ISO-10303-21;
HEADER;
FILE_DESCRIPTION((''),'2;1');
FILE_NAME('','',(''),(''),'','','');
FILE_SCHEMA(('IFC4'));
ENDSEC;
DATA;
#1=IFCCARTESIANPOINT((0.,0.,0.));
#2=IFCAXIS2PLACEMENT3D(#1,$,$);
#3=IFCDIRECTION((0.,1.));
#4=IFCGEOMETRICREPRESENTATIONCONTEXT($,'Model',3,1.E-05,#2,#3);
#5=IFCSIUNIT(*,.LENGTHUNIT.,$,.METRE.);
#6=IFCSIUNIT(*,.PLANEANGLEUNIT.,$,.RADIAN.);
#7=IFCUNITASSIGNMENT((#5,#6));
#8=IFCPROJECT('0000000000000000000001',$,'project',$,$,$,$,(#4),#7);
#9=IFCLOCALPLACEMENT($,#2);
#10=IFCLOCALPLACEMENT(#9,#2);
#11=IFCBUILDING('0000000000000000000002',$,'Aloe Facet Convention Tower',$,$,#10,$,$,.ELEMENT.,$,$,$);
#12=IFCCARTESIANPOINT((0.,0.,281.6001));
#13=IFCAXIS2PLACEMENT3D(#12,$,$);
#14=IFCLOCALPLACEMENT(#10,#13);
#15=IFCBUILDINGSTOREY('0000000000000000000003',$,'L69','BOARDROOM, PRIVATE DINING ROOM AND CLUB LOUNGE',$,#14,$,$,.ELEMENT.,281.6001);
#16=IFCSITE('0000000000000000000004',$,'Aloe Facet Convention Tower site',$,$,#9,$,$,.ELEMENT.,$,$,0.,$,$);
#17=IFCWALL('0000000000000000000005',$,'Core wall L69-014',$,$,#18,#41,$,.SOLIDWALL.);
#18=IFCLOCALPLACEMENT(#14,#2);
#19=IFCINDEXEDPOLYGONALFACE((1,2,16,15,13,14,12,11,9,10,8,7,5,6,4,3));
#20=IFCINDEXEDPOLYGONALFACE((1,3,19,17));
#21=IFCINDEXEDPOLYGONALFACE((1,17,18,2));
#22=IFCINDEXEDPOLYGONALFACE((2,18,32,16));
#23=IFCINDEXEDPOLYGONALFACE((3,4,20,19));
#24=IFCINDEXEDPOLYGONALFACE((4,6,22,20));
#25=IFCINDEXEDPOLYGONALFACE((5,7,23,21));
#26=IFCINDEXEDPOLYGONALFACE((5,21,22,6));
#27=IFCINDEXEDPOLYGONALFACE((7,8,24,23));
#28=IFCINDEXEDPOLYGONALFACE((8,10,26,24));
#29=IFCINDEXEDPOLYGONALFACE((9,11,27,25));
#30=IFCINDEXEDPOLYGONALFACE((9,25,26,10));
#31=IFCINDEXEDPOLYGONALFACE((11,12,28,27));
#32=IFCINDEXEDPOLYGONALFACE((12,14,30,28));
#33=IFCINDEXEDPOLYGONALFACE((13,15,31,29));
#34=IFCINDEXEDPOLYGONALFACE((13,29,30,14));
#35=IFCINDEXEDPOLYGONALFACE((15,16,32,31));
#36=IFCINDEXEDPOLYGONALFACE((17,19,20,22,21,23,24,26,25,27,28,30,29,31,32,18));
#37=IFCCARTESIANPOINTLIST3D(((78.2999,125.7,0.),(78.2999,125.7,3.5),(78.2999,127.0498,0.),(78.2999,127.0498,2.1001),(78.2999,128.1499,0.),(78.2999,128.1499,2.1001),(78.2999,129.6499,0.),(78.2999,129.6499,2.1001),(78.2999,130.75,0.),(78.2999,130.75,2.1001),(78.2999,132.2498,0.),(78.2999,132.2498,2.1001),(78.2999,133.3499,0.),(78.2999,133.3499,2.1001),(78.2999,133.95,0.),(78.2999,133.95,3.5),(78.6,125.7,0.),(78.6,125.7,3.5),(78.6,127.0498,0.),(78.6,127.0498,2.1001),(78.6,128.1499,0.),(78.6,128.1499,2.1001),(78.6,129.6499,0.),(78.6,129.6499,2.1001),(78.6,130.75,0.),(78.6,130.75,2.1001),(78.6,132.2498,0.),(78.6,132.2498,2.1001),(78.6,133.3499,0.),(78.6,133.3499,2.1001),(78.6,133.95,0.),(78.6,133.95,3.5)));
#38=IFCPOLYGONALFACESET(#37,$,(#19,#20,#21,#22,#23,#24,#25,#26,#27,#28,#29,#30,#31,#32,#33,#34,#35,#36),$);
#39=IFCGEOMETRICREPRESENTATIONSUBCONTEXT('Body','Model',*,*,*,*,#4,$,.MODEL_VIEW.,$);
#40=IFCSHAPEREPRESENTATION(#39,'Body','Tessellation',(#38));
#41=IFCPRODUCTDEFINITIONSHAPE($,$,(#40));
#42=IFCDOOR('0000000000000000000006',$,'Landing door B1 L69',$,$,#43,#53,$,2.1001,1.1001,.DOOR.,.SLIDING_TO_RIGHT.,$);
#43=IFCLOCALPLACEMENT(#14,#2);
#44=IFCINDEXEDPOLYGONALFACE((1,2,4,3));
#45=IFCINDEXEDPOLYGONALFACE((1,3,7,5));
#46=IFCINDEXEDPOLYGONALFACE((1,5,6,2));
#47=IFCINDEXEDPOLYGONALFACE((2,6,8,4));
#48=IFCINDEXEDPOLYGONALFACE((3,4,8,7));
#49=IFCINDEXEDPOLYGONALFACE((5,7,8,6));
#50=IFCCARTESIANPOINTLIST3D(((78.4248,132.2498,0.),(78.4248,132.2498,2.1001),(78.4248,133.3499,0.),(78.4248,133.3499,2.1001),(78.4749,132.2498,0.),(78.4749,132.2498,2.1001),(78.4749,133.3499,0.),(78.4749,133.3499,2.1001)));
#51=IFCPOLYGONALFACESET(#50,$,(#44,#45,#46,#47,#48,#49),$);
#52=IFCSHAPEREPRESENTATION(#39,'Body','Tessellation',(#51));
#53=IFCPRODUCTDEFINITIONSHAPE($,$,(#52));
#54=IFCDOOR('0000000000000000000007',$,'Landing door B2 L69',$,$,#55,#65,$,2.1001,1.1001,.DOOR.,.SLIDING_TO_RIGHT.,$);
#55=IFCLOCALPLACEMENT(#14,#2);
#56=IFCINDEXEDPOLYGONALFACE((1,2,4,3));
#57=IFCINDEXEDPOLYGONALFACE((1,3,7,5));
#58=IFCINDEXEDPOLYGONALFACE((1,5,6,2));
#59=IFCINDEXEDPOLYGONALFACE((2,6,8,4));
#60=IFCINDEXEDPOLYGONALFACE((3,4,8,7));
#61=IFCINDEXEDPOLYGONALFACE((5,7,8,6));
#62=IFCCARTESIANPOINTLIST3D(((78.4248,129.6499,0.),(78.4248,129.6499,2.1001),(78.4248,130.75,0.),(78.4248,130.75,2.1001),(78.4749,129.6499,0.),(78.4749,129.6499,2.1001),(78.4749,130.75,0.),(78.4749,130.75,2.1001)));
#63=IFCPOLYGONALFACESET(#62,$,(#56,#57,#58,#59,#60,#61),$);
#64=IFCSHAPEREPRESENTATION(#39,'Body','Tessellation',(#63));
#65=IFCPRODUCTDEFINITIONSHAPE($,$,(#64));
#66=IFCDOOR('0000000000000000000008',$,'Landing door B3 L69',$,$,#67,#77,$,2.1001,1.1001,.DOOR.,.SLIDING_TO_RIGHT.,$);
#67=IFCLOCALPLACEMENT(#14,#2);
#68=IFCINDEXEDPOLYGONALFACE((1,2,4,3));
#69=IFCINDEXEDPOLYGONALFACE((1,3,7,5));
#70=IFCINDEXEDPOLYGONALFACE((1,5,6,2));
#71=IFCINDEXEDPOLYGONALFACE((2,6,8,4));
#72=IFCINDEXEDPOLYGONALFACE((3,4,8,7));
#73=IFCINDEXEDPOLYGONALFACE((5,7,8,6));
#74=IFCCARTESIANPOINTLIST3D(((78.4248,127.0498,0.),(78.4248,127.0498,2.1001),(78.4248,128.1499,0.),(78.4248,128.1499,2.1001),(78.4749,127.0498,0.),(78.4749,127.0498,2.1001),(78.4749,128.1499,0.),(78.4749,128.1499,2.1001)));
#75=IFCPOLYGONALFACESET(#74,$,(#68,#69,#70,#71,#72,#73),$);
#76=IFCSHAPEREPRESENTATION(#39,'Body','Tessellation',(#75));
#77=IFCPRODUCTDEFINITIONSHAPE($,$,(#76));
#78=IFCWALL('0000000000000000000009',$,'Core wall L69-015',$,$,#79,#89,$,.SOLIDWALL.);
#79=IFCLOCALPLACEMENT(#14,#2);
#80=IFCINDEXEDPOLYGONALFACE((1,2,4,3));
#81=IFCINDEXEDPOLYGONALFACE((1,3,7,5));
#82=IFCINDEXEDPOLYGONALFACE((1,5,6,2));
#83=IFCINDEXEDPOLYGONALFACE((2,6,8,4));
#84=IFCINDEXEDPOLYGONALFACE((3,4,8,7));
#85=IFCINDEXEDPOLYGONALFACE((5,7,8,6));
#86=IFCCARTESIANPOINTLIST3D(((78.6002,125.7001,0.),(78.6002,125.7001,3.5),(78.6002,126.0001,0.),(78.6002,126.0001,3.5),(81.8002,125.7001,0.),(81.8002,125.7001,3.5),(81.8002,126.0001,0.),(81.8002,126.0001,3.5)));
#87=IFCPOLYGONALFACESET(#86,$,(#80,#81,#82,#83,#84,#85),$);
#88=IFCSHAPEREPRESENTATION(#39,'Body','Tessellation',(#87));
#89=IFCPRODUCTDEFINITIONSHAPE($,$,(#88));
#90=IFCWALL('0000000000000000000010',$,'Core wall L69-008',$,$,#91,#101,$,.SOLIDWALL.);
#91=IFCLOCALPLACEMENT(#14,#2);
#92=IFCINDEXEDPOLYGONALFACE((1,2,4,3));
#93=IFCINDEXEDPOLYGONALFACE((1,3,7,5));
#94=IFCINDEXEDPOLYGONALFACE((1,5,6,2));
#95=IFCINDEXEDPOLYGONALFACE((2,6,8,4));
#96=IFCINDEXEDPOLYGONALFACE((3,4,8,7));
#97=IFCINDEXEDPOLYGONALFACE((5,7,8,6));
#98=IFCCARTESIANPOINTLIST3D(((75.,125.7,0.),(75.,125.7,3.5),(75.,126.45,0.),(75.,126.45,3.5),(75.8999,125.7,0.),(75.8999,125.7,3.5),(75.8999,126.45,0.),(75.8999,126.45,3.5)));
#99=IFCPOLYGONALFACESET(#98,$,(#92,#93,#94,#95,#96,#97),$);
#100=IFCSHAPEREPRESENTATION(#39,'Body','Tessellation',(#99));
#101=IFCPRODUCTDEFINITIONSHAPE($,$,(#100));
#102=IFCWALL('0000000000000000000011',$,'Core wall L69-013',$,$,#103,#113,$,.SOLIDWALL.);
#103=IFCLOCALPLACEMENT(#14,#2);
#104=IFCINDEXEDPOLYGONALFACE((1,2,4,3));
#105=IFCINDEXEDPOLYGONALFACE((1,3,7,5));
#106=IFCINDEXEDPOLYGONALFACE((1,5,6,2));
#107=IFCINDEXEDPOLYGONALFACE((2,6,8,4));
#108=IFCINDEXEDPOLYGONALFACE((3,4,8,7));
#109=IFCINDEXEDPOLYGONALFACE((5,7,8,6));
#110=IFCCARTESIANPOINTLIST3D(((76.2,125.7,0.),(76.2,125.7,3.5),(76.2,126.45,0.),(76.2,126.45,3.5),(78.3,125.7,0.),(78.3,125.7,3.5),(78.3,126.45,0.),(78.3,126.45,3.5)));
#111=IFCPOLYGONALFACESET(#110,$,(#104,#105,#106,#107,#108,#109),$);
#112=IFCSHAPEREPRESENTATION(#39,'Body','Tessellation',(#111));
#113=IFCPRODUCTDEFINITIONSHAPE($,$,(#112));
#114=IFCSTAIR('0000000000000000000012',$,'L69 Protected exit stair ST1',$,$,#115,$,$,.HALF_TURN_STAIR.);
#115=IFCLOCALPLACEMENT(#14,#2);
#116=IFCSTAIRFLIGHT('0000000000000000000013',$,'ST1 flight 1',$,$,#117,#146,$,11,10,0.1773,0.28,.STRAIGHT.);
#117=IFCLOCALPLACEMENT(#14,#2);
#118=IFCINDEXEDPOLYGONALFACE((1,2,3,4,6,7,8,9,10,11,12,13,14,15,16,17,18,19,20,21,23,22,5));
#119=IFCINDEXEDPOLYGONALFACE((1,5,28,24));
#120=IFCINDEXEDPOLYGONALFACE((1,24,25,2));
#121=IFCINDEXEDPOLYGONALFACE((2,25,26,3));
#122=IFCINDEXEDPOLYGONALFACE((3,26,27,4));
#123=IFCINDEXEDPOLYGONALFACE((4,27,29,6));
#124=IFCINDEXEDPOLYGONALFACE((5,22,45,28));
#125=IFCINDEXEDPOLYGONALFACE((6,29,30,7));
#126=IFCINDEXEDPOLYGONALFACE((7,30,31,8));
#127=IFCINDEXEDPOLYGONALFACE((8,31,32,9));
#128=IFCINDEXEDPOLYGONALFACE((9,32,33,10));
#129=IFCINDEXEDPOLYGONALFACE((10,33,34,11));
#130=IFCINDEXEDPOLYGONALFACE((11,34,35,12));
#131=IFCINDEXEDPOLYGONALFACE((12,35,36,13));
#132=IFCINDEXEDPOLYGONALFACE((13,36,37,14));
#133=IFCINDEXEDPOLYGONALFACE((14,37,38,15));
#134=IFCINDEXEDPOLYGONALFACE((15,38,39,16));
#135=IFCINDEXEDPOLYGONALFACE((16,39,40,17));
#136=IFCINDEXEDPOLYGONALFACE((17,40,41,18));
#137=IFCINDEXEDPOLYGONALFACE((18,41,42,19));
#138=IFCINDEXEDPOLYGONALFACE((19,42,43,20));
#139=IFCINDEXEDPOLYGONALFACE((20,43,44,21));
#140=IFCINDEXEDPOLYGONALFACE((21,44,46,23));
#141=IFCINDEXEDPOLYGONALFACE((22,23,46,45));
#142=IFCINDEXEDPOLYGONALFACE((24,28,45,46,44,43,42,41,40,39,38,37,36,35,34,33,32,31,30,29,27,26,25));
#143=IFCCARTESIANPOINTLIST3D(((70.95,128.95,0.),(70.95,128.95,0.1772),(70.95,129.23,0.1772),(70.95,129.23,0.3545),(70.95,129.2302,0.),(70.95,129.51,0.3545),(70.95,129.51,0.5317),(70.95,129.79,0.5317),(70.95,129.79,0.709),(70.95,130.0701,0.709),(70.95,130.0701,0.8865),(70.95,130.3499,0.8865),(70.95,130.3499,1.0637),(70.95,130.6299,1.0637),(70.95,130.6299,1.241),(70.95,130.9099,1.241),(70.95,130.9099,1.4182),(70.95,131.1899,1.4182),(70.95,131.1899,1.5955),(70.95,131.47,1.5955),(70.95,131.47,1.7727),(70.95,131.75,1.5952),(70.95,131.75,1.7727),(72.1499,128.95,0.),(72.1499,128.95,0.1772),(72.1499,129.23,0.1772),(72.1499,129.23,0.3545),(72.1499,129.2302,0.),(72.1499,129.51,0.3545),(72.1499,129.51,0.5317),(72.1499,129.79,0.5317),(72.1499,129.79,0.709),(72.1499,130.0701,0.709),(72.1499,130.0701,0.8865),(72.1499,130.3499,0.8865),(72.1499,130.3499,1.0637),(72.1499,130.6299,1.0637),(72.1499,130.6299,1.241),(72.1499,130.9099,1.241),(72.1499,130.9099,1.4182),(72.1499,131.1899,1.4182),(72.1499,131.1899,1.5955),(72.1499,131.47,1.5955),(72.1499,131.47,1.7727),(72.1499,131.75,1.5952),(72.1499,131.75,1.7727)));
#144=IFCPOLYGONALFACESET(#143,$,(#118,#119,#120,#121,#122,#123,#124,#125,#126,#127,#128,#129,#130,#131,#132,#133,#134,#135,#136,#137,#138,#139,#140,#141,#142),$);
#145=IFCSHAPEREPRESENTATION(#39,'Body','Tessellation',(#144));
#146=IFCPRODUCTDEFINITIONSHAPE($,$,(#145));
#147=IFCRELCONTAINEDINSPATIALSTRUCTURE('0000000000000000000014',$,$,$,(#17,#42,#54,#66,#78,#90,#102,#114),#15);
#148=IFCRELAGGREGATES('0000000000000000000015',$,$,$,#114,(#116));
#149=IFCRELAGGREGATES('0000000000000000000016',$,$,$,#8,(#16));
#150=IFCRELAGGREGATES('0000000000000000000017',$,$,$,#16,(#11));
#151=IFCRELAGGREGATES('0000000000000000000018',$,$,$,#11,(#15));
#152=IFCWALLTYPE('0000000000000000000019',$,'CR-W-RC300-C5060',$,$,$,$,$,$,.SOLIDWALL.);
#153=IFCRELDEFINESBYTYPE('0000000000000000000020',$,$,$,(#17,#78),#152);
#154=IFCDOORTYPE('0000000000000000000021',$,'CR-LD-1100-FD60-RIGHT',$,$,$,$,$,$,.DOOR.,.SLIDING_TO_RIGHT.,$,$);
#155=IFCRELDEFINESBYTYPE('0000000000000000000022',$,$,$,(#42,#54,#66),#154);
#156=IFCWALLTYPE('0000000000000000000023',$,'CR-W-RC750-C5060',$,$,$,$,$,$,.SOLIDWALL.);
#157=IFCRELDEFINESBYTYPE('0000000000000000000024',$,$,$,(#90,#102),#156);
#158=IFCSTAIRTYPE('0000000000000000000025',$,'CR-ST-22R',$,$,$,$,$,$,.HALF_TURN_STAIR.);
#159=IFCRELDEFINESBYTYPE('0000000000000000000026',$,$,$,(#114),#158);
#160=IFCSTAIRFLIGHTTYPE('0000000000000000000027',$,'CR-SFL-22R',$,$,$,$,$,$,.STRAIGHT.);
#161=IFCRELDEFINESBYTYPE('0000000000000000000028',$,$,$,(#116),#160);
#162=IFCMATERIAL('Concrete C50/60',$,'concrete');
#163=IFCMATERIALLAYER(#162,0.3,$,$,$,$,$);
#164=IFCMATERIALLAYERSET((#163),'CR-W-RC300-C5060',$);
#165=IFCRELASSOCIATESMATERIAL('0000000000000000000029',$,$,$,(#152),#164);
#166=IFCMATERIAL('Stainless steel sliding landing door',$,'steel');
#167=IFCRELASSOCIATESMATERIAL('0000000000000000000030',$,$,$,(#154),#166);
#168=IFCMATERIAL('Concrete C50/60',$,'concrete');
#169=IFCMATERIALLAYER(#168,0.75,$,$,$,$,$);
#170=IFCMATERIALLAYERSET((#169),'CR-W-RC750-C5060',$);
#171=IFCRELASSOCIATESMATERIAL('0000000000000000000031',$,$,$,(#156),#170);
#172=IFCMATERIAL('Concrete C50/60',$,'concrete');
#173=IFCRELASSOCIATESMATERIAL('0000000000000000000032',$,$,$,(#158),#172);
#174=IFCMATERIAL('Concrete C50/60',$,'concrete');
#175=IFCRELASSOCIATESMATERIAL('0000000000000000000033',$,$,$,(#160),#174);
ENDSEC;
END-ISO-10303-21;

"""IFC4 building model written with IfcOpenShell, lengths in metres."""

from ifc_helpers import new_model, si_unit, direction, frame, frame_2d, origin, place, context, subcontext, project, spatial, polyline, rectangle, outline, extrude, material, layer, layer_set, type_object, element, fill, aggregate, save


model = new_model("IFC4")

# Units and contexts
model_context = context("Model", 3, precision=1e-05, world=origin(), true_north=direction((0.0, 1.0)))
body_context = subcontext(model_context, "Body", "Model", "MODEL_VIEW")
ifc_project = project(units=[si_unit("LENGTHUNIT", "METRE"), si_unit("PLANEANGLEUNIT", "RADIAN")], contexts=[model_context])

# Site, building, storey
site_placement = place(None, origin())
site = spatial("IfcSite", under=ifc_project, at=site_placement, Name="Aloe Facet Convention Tower site", CompositionType="ELEMENT", RefElevation=0.0)
building_placement = place(site_placement, origin())
building = spatial("IfcBuilding", under=site, at=building_placement, Name="Aloe Facet Convention Tower", CompositionType="ELEMENT")
storey_placement = place(building_placement, frame((0.0, 0.0, 281.6001)))
storey = spatial("IfcBuildingStorey", under=building, at=storey_placement, Name="L69", Description="BOARDROOM, PRIVATE DINING ROOM AND CLUB LOUNGE", CompositionType="ELEMENT", Elevation=281.6001)

# Shared definitions
ifc_material_1 = material(Name="Concrete C50/60", Category="concrete")
ifc_layer_1 = layer(ifc_material_1, 0.3)
ifc_layer_set_1 = layer_set([ifc_layer_1], Name="CR-W-RC300-C5060")
wall_type_1 = type_object("IfcWallType", Name="CR-W-RC300-C5060", PredefinedType="SOLIDWALL", material=ifc_layer_set_1)

# Wall, openings, doors
wall_1_placement = place(storey_placement, frame((78.45, 133.95, 0.0), z_axis=(0.0, 0.0, 1.0), x_axis=(0.0, -1.0, 0.0)))
wall_1 = element("IfcWall", 1, at=wall_1_placement, inside=storey, type_object=wall_type_1, Name="Core wall L69-014", PredefinedType="SOLIDWALL", context=body_context, shape_type="SweptSolid", body=[
    extrude(rectangle(XDim=8.25, YDim=0.3, at=frame_2d((4.125, 0.0))), origin(), (0.0, 0.0, 1.0), 3.5),
])
opening_1_placement = place(wall_1_placement, frame((0.6001, 0.0, 0.0)))
opening_1 = element("IfcOpeningElement", 2, at=opening_1_placement, cuts=wall_1, PredefinedType="OPENING", context=body_context, shape_type="SweptSolid", body=[
    extrude(rectangle(XDim=1.1001, YDim=2.1001, at=frame_2d((0.55, 1.05))), frame((0.0, 0.1602, 0.0), z_axis=(0.0, -1.0, 0.0), x_axis=(1.0, 0.0, 0.0)), (0.0, 0.0, 1.0), 0.3201),
])
opening_2_placement = place(wall_1_placement, frame((3.2, 0.0, 0.0)))
opening_2 = element("IfcOpeningElement", 3, at=opening_2_placement, cuts=wall_1, PredefinedType="OPENING", context=body_context, shape_type="SweptSolid", body=[
    extrude(rectangle(XDim=1.1001, YDim=2.1001, at=frame_2d((0.55, 1.05))), frame((0.0, 0.1602, 0.0), z_axis=(0.0, -1.0, 0.0), x_axis=(1.0, 0.0, 0.0)), (0.0, 0.0, 1.0), 0.3201),
])
opening_3_placement = place(wall_1_placement, frame((5.8, 0.0, 0.0)))
opening_3 = element("IfcOpeningElement", 4, at=opening_3_placement, cuts=wall_1, PredefinedType="OPENING", context=body_context, shape_type="SweptSolid", body=[
    extrude(rectangle(XDim=1.1001, YDim=2.1001, at=frame_2d((0.55, 1.05))), frame((0.0, 0.1602, 0.0), z_axis=(0.0, -1.0, 0.0), x_axis=(1.0, 0.0, 0.0)), (0.0, 0.0, 1.0), 0.3201),
])
ifc_material_2 = material(Name="Stainless steel sliding landing door", Category="steel")
door_type_1 = type_object("IfcDoorType", Name="CR-LD-1100-FD60-RIGHT", OperationType="SLIDING_TO_RIGHT", PredefinedType="DOOR", material=ifc_material_2)
door_1_placement = place(opening_1_placement, origin())
door_1 = element("IfcDoor", 5, at=door_1_placement, inside=storey, type_object=door_type_1, Name="Landing door B1 L69", OperationType="SLIDING_TO_RIGHT", OverallHeight=2.1001, OverallWidth=1.1001, PredefinedType="DOOR", context=body_context, shape_type="SweptSolid", body=[
    extrude(rectangle(XDim=1.1001, YDim=2.1001, at=frame_2d((0.55, 1.05))), frame((0.0, 0.0249, 0.0), z_axis=(0.0, -1.0, 0.0), x_axis=(1.0, 0.0, 0.0)), (0.0, 0.0, 1.0), 0.05),
])
fill(opening_1, door_1)
door_2_placement = place(opening_2_placement, origin())
door_2 = element("IfcDoor", 6, at=door_2_placement, inside=storey, type_object=door_type_1, Name="Landing door B2 L69", OperationType="SLIDING_TO_RIGHT", OverallHeight=2.1001, OverallWidth=1.1001, PredefinedType="DOOR", context=body_context, shape_type="SweptSolid", body=[
    extrude(rectangle(XDim=1.1001, YDim=2.1001, at=frame_2d((0.55, 1.05))), frame((0.0, 0.0249, 0.0), z_axis=(0.0, -1.0, 0.0), x_axis=(1.0, 0.0, 0.0)), (0.0, 0.0, 1.0), 0.05),
])
fill(opening_2, door_2)
door_3_placement = place(opening_3_placement, origin())
door_3 = element("IfcDoor", 7, at=door_3_placement, inside=storey, type_object=door_type_1, Name="Landing door B3 L69", OperationType="SLIDING_TO_RIGHT", OverallHeight=2.1001, OverallWidth=1.1001, PredefinedType="DOOR", context=body_context, shape_type="SweptSolid", body=[
    extrude(rectangle(XDim=1.1001, YDim=2.1001, at=frame_2d((0.55, 1.05))), frame((0.0, 0.0249, 0.0), z_axis=(0.0, -1.0, 0.0), x_axis=(1.0, 0.0, 0.0)), (0.0, 0.0, 1.0), 0.05),
])
fill(opening_3, door_3)

# Walls
wall_2_placement = place(storey_placement, frame((78.6001, 125.8501, 0.0), z_axis=(0.0, 0.0, 1.0), x_axis=(1.0, 0.0, 0.0)))
element("IfcWall", 8, at=wall_2_placement, inside=storey, type_object=wall_type_1, Name="Core wall L69-015", PredefinedType="SOLIDWALL", context=body_context, shape_type="SweptSolid", body=[
    extrude(rectangle(XDim=3.2, YDim=0.3, at=frame_2d((1.6001, 0.0))), origin(), (0.0, 0.0, 1.0), 3.5),
])
ifc_material_3 = material(Name="Concrete C50/60", Category="concrete")
ifc_layer_2 = layer(ifc_material_3, 0.75)
ifc_layer_set_2 = layer_set([ifc_layer_2], Name="CR-W-RC750-C5060")
wall_type_2 = type_object("IfcWallType", Name="CR-W-RC750-C5060", PredefinedType="SOLIDWALL", material=ifc_layer_set_2)
wall_3_placement = place(storey_placement, frame((75.0, 126.075, 0.0), z_axis=(0.0, 0.0, 1.0), x_axis=(1.0, 0.0, 0.0)))
element("IfcWall", 9, at=wall_3_placement, inside=storey, type_object=wall_type_2, Name="Core wall L69-008", PredefinedType="SOLIDWALL", context=body_context, shape_type="SweptSolid", body=[
    extrude(rectangle(XDim=0.8999, YDim=0.75, at=frame_2d((0.45, 0.0))), origin(), (0.0, 0.0, 1.0), 3.5),
])
wall_4_placement = place(storey_placement, frame((76.2, 126.075, 0.0), z_axis=(0.0, 0.0, 1.0), x_axis=(1.0, 0.0, 0.0)))
element("IfcWall", 10, at=wall_4_placement, inside=storey, type_object=wall_type_2, Name="Core wall L69-013", PredefinedType="SOLIDWALL", context=body_context, shape_type="SweptSolid", body=[
    extrude(rectangle(XDim=2.1001, YDim=0.75, at=frame_2d((1.05, 0.0))), origin(), (0.0, 0.0, 1.0), 3.5),
])

# Stair, stair flight
ifc_material_4 = material(Name="Concrete C50/60", Category="concrete")
stair_type = type_object("IfcStairType", Name="CR-ST-22R", PredefinedType="HALF_TURN_STAIR", material=ifc_material_4)
stair_1_placement = place(storey_placement, origin())
stair_1 = element("IfcStair", 11, at=stair_1_placement, inside=storey, type_object=stair_type, Name="L69 Protected exit stair ST1", PredefinedType="HALF_TURN_STAIR")
ifc_material_5 = material(Name="Concrete C50/60", Category="concrete")
stair_flight_type = type_object("IfcStairFlightType", Name="CR-SFL-22R", PredefinedType="STRAIGHT", material=ifc_material_5)
stair_flight_1_placement = place(storey_placement, frame((71.55, 128.95, 0.0), z_axis=(0.0, 0.0, 1.0), x_axis=(0.0, 1.0, 0.0)))
stair_flight_1 = element("IfcStairFlight", 12, at=stair_flight_1_placement, type_object=stair_flight_type, Name="ST1 flight 1", NumberOfRisers=11, NumberOfTreads=10, PredefinedType="STRAIGHT", RiserHeight=0.1773, TreadLength=0.28, context=body_context, shape_type="SweptSolid", body=[
    extrude(outline(polyline([(0.0, 0.0), (0.0, 0.1772), (0.28, 0.1772), (0.28, 0.3545), (0.5601, 0.3545), (0.5601, 0.5317), (0.8401, 0.5317), (0.8401, 0.709), (1.1201, 0.709), (1.1201, 0.8865), (1.3999, 0.8865), (1.3999, 1.0637), (1.6799, 1.0637), (1.6799, 1.241), (1.96, 1.241), (1.96, 1.4182), (2.24, 1.4182), (2.24, 1.5955), (2.52, 1.5955), (2.52, 1.7727), (2.8, 1.7727), (2.8, 1.95), (2.8, 1.5952), (0.2803, 0.0), (0.0, 0.0)])), frame((0.0, 0.6001, 0.0), z_axis=(0.0, -1.0, 0.0), x_axis=(1.0, 0.0, 0.0)), (0.0, 0.0, 1.0), 1.2),
])
aggregate(stair_1, [stair_flight_1])

save(model, "model.ifc")
